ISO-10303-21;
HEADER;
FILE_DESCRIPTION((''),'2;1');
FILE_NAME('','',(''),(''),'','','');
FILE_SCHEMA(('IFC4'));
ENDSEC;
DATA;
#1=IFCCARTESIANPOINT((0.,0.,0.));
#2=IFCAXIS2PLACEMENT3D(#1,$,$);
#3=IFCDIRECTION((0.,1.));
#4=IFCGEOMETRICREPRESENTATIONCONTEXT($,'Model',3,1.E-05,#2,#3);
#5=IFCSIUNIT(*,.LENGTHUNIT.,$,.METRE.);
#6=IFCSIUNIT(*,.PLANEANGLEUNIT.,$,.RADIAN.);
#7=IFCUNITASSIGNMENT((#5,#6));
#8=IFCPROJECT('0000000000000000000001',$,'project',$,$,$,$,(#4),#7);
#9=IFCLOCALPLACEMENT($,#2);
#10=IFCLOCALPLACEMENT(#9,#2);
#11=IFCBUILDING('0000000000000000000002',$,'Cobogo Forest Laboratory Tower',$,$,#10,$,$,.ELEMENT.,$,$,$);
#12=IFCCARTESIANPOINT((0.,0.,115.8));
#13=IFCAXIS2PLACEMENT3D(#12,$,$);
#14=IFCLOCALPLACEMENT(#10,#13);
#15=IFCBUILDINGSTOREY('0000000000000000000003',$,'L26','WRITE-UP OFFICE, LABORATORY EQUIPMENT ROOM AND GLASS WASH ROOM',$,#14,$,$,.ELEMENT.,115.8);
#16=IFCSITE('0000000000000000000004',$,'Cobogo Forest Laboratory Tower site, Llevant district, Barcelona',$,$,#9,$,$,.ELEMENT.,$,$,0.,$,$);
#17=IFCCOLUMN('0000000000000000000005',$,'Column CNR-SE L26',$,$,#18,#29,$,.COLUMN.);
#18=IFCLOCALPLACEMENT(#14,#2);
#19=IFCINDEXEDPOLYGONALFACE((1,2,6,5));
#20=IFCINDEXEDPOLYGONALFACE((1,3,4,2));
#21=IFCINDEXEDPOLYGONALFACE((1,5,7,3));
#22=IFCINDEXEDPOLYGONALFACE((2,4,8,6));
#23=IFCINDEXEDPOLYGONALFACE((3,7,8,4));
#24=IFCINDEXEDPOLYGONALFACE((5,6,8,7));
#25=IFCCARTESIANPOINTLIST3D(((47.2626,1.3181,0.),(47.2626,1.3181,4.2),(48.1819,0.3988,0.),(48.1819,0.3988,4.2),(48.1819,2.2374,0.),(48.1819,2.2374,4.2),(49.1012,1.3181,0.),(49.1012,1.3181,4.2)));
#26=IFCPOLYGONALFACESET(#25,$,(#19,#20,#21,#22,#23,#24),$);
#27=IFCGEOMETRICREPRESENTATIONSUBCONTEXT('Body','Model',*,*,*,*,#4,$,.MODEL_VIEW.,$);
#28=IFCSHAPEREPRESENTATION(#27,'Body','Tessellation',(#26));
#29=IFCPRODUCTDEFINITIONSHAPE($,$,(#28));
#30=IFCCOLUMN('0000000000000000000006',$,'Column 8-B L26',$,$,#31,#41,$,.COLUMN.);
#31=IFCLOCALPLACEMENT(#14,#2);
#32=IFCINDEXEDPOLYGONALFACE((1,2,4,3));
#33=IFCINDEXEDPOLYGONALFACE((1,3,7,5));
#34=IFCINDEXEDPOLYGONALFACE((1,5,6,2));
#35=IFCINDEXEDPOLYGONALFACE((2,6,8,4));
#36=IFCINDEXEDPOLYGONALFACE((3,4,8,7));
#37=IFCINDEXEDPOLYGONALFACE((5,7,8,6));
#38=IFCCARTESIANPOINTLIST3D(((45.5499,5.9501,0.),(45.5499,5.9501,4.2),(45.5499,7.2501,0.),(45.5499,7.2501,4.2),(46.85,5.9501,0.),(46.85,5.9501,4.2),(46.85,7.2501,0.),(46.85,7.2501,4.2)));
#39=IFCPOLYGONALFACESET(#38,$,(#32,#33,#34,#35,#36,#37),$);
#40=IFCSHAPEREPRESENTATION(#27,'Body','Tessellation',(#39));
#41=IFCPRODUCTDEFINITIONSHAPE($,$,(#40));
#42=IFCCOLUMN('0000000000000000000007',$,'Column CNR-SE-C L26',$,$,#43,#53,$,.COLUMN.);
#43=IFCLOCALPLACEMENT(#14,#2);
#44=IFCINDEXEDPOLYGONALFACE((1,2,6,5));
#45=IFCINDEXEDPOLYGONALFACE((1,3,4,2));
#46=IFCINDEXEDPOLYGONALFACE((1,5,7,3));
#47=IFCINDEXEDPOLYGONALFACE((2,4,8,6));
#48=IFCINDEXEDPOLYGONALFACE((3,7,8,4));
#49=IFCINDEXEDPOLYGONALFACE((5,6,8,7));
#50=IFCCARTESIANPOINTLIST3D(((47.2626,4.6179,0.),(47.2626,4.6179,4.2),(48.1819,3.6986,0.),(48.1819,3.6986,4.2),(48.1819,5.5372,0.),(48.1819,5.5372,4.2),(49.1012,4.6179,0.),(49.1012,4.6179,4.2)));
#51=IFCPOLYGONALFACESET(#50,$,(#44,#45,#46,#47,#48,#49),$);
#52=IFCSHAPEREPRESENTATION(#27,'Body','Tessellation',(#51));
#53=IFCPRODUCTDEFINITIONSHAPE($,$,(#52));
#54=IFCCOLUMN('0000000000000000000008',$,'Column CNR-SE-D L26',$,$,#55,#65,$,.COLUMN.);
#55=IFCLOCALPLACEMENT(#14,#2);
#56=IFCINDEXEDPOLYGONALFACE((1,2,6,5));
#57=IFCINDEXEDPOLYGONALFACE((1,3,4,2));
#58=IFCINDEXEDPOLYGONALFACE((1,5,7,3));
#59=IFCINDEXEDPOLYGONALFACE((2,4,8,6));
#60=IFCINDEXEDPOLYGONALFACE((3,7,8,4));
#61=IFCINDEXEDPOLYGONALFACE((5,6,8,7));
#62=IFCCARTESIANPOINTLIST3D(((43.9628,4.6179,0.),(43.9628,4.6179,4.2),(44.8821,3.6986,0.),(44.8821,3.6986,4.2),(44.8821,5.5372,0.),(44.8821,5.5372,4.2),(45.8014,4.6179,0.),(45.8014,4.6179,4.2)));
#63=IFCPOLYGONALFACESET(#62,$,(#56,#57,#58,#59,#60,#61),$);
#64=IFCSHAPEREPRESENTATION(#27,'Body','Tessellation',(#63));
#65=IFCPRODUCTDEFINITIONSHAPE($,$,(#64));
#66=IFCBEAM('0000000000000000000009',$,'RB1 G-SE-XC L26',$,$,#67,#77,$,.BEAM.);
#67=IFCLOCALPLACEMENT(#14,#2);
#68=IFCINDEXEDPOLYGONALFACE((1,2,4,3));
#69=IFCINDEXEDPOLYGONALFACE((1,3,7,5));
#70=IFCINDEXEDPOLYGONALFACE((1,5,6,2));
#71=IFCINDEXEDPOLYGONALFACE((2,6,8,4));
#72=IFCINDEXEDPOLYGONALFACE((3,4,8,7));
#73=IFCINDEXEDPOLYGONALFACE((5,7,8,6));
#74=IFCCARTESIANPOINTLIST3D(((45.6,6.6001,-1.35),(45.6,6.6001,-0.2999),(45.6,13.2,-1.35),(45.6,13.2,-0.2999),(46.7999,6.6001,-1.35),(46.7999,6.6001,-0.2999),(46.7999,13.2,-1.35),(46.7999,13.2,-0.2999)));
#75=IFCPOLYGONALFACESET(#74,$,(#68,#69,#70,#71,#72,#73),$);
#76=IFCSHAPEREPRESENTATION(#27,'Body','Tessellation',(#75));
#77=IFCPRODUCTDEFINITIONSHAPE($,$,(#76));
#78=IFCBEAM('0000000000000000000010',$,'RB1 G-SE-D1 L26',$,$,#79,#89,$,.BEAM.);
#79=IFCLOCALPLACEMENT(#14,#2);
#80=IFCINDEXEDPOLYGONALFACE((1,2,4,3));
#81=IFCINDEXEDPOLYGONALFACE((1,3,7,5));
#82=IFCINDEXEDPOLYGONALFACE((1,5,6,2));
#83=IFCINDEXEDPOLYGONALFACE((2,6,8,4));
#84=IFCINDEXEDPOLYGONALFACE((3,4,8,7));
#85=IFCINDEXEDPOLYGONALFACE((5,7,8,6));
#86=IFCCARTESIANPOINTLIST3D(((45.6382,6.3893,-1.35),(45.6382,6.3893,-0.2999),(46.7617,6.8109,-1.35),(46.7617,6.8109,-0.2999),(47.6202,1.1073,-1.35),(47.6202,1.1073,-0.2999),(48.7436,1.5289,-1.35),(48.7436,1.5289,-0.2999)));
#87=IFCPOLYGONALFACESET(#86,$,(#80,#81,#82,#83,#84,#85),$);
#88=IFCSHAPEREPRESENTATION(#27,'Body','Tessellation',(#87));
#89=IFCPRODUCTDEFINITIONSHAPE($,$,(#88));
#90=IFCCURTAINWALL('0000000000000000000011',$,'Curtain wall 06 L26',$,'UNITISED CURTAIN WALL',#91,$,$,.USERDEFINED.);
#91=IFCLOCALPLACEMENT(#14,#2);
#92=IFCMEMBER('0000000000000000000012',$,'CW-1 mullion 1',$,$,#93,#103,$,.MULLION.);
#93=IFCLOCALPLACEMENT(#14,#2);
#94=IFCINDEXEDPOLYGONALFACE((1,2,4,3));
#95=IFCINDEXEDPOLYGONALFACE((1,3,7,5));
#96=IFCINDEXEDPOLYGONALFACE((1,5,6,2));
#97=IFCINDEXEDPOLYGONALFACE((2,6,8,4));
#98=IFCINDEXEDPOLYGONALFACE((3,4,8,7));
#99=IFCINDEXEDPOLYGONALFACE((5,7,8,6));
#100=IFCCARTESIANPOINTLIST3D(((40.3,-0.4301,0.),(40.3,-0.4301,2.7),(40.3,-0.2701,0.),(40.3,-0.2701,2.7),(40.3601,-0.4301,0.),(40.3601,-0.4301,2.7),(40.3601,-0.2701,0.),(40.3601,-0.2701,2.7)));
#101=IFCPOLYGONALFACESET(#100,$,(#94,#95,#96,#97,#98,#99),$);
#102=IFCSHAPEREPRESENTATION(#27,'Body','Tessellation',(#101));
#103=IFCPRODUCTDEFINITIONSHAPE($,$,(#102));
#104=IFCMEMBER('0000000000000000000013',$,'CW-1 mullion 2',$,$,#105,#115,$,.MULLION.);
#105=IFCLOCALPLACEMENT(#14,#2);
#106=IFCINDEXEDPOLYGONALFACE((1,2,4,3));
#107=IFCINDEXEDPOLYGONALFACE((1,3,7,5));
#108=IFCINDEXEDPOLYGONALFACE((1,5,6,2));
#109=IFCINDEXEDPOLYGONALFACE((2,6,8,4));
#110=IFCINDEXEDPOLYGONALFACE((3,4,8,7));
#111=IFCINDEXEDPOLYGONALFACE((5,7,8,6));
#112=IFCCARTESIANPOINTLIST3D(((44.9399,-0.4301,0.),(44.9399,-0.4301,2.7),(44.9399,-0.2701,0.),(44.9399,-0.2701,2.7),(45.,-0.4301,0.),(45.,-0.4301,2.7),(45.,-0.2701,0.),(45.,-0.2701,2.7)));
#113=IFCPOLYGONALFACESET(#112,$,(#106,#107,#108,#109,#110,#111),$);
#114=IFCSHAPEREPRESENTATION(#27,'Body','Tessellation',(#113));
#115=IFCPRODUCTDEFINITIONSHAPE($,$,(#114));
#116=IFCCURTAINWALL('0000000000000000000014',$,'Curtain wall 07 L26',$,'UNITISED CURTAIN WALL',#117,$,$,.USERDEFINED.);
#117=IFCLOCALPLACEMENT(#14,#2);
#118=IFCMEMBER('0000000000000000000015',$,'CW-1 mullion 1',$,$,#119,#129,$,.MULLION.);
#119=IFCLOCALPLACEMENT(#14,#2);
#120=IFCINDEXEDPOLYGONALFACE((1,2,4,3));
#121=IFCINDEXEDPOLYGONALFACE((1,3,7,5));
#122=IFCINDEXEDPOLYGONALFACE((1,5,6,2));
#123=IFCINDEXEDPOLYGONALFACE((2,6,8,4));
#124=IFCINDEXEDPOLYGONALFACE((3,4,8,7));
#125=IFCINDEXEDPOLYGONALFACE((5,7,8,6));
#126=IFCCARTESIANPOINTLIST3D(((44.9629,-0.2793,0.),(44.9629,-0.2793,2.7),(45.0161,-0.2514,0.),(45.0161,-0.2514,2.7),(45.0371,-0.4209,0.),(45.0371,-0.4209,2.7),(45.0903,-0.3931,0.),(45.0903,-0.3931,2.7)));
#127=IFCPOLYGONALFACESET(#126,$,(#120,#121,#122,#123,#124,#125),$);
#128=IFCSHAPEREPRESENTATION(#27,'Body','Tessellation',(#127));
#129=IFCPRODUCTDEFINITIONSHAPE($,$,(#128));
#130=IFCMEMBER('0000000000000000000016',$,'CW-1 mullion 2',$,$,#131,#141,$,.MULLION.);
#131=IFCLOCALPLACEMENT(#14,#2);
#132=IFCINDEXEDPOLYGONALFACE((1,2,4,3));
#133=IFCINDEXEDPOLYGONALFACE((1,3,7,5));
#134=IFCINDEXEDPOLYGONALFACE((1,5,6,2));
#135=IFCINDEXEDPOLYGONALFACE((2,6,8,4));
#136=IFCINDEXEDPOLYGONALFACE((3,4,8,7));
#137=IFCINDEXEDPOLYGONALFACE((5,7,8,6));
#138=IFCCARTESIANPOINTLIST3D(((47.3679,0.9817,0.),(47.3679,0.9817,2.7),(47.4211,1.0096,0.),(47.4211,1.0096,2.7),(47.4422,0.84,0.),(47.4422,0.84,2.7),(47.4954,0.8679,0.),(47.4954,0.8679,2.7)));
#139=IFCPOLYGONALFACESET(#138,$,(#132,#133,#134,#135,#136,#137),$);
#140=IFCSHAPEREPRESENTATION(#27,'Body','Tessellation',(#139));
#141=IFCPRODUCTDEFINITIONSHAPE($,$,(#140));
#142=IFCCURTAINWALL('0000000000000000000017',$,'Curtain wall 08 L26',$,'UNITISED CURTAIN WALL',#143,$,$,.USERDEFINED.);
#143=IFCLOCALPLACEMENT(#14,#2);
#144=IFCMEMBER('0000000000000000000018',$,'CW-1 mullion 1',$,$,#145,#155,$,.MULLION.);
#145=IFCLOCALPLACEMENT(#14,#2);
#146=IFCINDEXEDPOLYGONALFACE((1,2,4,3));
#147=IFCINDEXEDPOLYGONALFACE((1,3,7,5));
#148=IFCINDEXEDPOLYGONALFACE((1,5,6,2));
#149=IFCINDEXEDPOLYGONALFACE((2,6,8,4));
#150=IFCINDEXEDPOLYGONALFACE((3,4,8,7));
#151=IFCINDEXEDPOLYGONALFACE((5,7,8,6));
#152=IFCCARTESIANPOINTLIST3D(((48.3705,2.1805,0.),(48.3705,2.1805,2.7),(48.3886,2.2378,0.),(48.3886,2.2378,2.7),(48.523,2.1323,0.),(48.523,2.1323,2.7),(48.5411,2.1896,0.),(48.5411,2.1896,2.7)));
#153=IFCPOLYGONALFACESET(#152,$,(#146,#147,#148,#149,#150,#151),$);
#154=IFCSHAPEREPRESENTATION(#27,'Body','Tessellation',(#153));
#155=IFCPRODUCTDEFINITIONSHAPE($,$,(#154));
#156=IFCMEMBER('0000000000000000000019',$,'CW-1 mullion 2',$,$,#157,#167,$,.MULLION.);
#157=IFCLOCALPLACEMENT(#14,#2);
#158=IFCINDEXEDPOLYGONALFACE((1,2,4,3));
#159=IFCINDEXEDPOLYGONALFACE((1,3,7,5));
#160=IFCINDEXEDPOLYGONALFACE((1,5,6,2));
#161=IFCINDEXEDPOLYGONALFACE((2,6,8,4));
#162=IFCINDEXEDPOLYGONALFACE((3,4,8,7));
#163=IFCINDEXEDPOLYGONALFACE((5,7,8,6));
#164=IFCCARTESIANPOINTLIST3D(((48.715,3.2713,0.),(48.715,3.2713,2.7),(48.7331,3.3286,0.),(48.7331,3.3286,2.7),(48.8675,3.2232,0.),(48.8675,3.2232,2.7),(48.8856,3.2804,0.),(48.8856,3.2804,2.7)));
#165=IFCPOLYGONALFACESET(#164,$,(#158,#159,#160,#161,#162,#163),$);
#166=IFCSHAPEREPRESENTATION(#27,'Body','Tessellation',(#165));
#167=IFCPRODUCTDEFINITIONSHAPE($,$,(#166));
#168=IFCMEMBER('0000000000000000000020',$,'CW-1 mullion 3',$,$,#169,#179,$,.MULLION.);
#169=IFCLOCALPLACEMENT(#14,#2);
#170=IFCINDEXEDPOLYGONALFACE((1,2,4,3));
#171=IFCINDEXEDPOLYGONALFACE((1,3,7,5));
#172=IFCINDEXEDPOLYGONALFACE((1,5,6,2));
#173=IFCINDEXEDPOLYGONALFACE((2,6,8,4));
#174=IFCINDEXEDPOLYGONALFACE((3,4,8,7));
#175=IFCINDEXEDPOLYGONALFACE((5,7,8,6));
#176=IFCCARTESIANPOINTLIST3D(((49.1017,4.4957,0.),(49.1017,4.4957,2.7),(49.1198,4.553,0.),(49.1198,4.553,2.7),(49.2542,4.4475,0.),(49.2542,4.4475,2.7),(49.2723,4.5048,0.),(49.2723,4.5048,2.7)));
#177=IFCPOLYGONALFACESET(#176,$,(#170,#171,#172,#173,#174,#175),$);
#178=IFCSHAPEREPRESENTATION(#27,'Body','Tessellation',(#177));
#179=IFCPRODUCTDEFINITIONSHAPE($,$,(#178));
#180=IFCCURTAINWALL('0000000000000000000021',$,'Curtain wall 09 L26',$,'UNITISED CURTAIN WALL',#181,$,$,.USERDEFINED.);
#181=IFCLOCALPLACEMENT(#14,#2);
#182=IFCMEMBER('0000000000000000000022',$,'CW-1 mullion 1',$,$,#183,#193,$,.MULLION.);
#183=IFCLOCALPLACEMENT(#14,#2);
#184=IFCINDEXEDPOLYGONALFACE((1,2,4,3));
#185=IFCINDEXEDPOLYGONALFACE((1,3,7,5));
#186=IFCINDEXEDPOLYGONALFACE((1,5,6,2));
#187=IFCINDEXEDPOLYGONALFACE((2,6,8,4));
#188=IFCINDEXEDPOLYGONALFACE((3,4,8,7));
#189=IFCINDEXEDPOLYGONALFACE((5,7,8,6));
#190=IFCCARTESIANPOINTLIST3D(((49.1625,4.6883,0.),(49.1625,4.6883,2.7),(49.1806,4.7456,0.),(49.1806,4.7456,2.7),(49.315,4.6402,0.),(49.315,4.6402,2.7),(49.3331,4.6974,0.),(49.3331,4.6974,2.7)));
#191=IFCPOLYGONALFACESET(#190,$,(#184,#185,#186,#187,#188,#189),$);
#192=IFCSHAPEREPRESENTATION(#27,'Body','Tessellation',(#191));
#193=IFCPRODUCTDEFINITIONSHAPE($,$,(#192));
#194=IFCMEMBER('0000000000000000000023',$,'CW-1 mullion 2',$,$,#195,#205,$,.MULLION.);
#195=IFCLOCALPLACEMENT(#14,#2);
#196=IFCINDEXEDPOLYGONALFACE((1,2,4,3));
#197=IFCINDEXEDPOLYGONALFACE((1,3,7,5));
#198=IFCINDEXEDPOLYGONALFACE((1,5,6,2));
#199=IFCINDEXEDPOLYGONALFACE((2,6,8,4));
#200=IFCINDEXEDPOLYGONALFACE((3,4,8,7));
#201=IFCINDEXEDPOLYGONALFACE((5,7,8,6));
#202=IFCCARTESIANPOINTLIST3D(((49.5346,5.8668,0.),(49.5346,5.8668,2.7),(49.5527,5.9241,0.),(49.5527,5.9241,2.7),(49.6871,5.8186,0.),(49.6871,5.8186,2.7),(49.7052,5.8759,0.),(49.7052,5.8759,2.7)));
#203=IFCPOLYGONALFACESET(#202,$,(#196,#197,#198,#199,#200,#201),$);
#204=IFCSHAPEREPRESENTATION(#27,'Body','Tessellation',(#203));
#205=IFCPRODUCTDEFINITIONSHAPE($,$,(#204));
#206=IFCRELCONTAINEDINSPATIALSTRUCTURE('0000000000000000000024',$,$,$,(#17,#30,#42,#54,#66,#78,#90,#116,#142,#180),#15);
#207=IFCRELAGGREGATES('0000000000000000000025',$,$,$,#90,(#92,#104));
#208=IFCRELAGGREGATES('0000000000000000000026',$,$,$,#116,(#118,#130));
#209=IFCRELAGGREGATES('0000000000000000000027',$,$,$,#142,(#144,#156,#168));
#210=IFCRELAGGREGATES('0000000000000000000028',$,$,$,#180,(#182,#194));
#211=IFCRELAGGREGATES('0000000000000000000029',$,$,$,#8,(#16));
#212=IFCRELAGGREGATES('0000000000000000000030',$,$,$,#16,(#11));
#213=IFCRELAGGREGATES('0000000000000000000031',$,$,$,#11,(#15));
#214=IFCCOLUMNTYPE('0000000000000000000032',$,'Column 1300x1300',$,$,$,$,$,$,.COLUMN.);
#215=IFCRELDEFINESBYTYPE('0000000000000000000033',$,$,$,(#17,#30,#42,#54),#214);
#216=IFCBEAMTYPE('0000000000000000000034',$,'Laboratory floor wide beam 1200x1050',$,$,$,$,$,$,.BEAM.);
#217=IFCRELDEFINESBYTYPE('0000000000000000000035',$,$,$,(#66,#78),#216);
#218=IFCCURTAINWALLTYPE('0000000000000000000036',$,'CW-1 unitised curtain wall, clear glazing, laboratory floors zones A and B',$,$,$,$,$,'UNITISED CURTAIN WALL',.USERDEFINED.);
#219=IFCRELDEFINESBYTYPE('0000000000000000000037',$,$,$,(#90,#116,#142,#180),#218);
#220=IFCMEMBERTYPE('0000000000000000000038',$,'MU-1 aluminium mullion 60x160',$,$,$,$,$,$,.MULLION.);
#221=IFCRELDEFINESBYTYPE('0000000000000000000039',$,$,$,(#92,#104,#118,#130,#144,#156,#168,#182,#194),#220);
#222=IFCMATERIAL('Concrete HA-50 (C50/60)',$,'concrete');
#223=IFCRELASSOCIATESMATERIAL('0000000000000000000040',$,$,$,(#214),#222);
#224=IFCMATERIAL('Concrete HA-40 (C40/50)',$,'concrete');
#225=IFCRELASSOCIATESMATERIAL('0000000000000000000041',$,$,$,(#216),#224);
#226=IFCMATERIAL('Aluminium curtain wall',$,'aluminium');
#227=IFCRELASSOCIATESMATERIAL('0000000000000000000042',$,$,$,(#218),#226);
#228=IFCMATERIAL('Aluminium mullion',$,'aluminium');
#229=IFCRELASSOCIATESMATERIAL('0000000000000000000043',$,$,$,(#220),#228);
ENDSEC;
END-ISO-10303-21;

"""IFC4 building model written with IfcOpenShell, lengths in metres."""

from ifc_helpers import new_model, si_unit, direction, frame, origin, origin_2d, place, context, subcontext, project, spatial, rectangle, extrude, material, material_profile, profile_set, type_object, element, aggregate, save


model = new_model("IFC4")

# Units and contexts
model_context = context("Model", 3, precision=1e-05, world=origin(), true_north=direction((0.0, 1.0)))
body_context = subcontext(model_context, "Body", "Model", "MODEL_VIEW")
ifc_project = project(units=[si_unit("LENGTHUNIT", "METRE"), si_unit("PLANEANGLEUNIT", "RADIAN")], contexts=[model_context])

# Site, building, storey
site_placement = place(None, origin())
site = spatial("IfcSite", under=ifc_project, at=site_placement, Name="Cobogo Forest Laboratory Tower site, Llevant district, Barcelona", CompositionType="ELEMENT", RefElevation=0.0)
building_placement = place(site_placement, origin())
building = spatial("IfcBuilding", under=site, at=building_placement, Name="Cobogo Forest Laboratory Tower", CompositionType="ELEMENT")
storey_placement = place(building_placement, frame((0.0, 0.0, 115.8)))
storey = spatial("IfcBuildingStorey", under=building, at=storey_placement, Name="L26", Description="WRITE-UP OFFICE, LABORATORY EQUIPMENT ROOM AND GLASS WASH ROOM", CompositionType="ELEMENT", Elevation=115.8)

# Columns
ifc_material_1 = material(Name="Concrete HA-50 (C50/60)", Category="concrete")
ifc_material_profile_1 = material_profile(ifc_material_1, rectangle(XDim=1.3, YDim=1.3, at=origin_2d()), Name="RC 1300x1300")
ifc_profile_set_1 = profile_set([ifc_material_profile_1], Name="Concrete HA-50 (C50/60)")
column_type = type_object("IfcColumnType", Name="Column 1300x1300", PredefinedType="COLUMN", material=ifc_profile_set_1)
for number, where, z_axis, x_axis, name in (
    (1, (48.1819, 1.3181, 0.0), (0.0, 0.0, 1.0), (0.707107, 0.707107, 0.0), "Column CNR-SE L26"),
    (2, (46.2, 6.6001, 0.0), (0.0, 0.0, 1.0), (1.0, 0.0, 0.0), "Column 8-B L26"),
    (3, (48.1819, 4.6179, 0.0), (0.0, 0.0, 1.0), (0.707107, 0.707107, 0.0), "Column CNR-SE-C L26"),
    (4, (44.8821, 4.6179, 0.0), (0.0, 0.0, 1.0), (0.707107, 0.707107, 0.0), "Column CNR-SE-D L26"),
):
    element("IfcColumn", number, at=place(storey_placement, frame(where, z_axis=z_axis, x_axis=x_axis)), inside=storey, type_object=column_type, Name=name, PredefinedType="COLUMN", context=body_context, shape_type="SweptSolid", body=[
        extrude(rectangle(XDim=1.3, YDim=1.3, at=origin_2d()), origin(), (0.0, 0.0, 1.0), 4.2),
    ])

# Beams
ifc_material_2 = material(Name="Concrete HA-40 (C40/50)", Category="concrete")
ifc_material_profile_2 = material_profile(ifc_material_2, rectangle(XDim=1.2, YDim=1.05, at=origin_2d()), Name="RC 1200x1050")
ifc_profile_set_2 = profile_set([ifc_material_profile_2], Name="Concrete HA-40 (C40/50)")
beam_type_1 = type_object("IfcBeamType", Name="Laboratory floor wide beam 1200x1050", PredefinedType="BEAM", material=ifc_profile_set_2)
beam_1_placement = place(storey_placement, frame((46.2, 6.6001, -0.825), z_axis=(0.0, 1.0, 0.0), x_axis=(-1.0, 0.0, 0.0)))
element("IfcBeam", 5, at=beam_1_placement, inside=storey, type_object=beam_type_1, Name="RB1 G-SE-XC L26", PredefinedType="BEAM", context=body_context, shape_type="SweptSolid", body=[
    extrude(rectangle(XDim=1.2, YDim=1.05, at=origin_2d()), origin(), (0.0, 0.0, 1.0), 6.5999),
])
beam_2_placement = place(storey_placement, frame((48.1819, 1.3181, -0.825), z_axis=(-0.351308, 0.93626, 0.0), x_axis=(-0.93626, -0.351308, 0.0)))
element("IfcBeam", 6, at=beam_2_placement, inside=storey, type_object=beam_type_1, Name="RB1 G-SE-D1 L26", PredefinedType="BEAM", context=body_context, shape_type="SweptSolid", body=[
    extrude(rectangle(XDim=1.2, YDim=1.05, at=origin_2d()), origin(), (0.0, 0.0, 1.0), 5.6416),
])

# Curtain walls, members
ifc_material_3 = material(Name="Aluminium curtain wall", Category="aluminium")
curtain_wall_type = type_object("IfcCurtainWallType", Name="CW-1 unitised curtain wall, clear glazing, laboratory floors zones A and B", ElementType="UNITISED CURTAIN WALL", PredefinedType="USERDEFINED", material=ifc_material_3)
curtain_wall_1_placement = place(storey_placement, origin())
curtain_wall_1 = element("IfcCurtainWall", 7, at=curtain_wall_1_placement, inside=storey, type_object=curtain_wall_type, Name="Curtain wall 06 L26", ObjectType="UNITISED CURTAIN WALL", PredefinedType="USERDEFINED")
ifc_material_4 = material(Name="Aluminium mullion", Category="aluminium")
ifc_material_profile_3 = material_profile(ifc_material_4, rectangle(XDim=0.0601, YDim=0.1599, at=origin_2d()), Name="AL 60x160")
ifc_profile_set_3 = profile_set([ifc_material_profile_3], Name="Aluminium mullion")
member_type_1 = type_object("IfcMemberType", Name="MU-1 aluminium mullion 60x160", PredefinedType="MULLION", material=ifc_profile_set_3)
member_1_placement = place(storey_placement, frame((40.3301, -0.3501, 0.0), z_axis=(0.0, 0.0, 1.0), x_axis=(1.0, 0.0, 0.0)))
member_1 = element("IfcMember", 8, at=member_1_placement, type_object=member_type_1, Name="CW-1 mullion 1", PredefinedType="MULLION", context=body_context, shape_type="SweptSolid", body=[
    extrude(rectangle(XDim=0.0601, YDim=0.1599, at=origin_2d()), origin(), (0.0, 0.0, 1.0), 2.7),
])
member_2_placement = place(storey_placement, frame((44.97, -0.3501, 0.0), z_axis=(0.0, 0.0, 1.0), x_axis=(1.0, 0.0, 0.0)))
member_2 = element("IfcMember", 9, at=member_2_placement, type_object=member_type_1, Name="CW-1 mullion 2", PredefinedType="MULLION", context=body_context, shape_type="SweptSolid", body=[
    extrude(rectangle(XDim=0.0601, YDim=0.1599, at=origin_2d()), origin(), (0.0, 0.0, 1.0), 2.7),
])
curtain_wall_2_placement = place(storey_placement, origin())
curtain_wall_2 = element("IfcCurtainWall", 10, at=curtain_wall_2_placement, inside=storey, type_object=curtain_wall_type, Name="Curtain wall 07 L26", ObjectType="UNITISED CURTAIN WALL", PredefinedType="USERDEFINED")
member_3_placement = place(storey_placement, frame((45.0266, -0.3362, 0.0), z_axis=(0.0, 0.0, 1.0), x_axis=(0.885687, 0.464284, 0.0)))
member_3 = element("IfcMember", 11, at=member_3_placement, type_object=member_type_1, Name="CW-1 mullion 1", PredefinedType="MULLION", context=body_context, shape_type="SweptSolid", body=[
    extrude(rectangle(XDim=0.0601, YDim=0.1599, at=origin_2d()), origin(), (0.0, 0.0, 1.0), 2.7),
])
member_4_placement = place(storey_placement, frame((47.4316, 0.9248, 0.0), z_axis=(0.0, 0.0, 1.0), x_axis=(0.885687, 0.464284, 0.0)))
member_4 = element("IfcMember", 12, at=member_4_placement, type_object=member_type_1, Name="CW-1 mullion 2", PredefinedType="MULLION", context=body_context, shape_type="SweptSolid", body=[
    extrude(rectangle(XDim=0.0601, YDim=0.1599, at=origin_2d()), origin(), (0.0, 0.0, 1.0), 2.7),
])
curtain_wall_3_placement = place(storey_placement, origin())
curtain_wall_3 = element("IfcCurtainWall", 13, at=curtain_wall_3_placement, inside=storey, type_object=curtain_wall_type, Name="Curtain wall 08 L26", ObjectType="UNITISED CURTAIN WALL", PredefinedType="USERDEFINED")
member_5_placement = place(storey_placement, frame((48.4558, 2.1851, 0.0), z_axis=(0.0, 0.0, 1.0), x_axis=(0.301135, 0.953581, 0.0)))
member_5 = element("IfcMember", 14, at=member_5_placement, type_object=member_type_1, Name="CW-1 mullion 1", PredefinedType="MULLION", context=body_context, shape_type="SweptSolid", body=[
    extrude(rectangle(XDim=0.0601, YDim=0.1599, at=origin_2d()), origin(), (0.0, 0.0, 1.0), 2.7),
])
member_6_placement = place(storey_placement, frame((48.8003, 3.2759, 0.0), z_axis=(0.0, 0.0, 1.0), x_axis=(0.301135, 0.953581, 0.0)))
member_6 = element("IfcMember", 15, at=member_6_placement, type_object=member_type_1, Name="CW-1 mullion 2", PredefinedType="MULLION", context=body_context, shape_type="SweptSolid", body=[
    extrude(rectangle(XDim=0.0601, YDim=0.1599, at=origin_2d()), origin(), (0.0, 0.0, 1.0), 2.7),
])
member_7_placement = place(storey_placement, frame((49.187, 4.5002, 0.0), z_axis=(0.0, 0.0, 1.0), x_axis=(0.301135, 0.953581, 0.0)))
member_7 = element("IfcMember", 16, at=member_7_placement, type_object=member_type_1, Name="CW-1 mullion 3", PredefinedType="MULLION", context=body_context, shape_type="SweptSolid", body=[
    extrude(rectangle(XDim=0.0601, YDim=0.1599, at=origin_2d()), origin(), (0.0, 0.0, 1.0), 2.7),
])
curtain_wall_4_placement = place(storey_placement, origin())
curtain_wall_4 = element("IfcCurtainWall", 17, at=curtain_wall_4_placement, inside=storey, type_object=curtain_wall_type, Name="Curtain wall 09 L26", ObjectType="UNITISED CURTAIN WALL", PredefinedType="USERDEFINED")
member_8_placement = place(storey_placement, frame((49.2478, 4.6929, 0.0), z_axis=(0.0, 0.0, 1.0), x_axis=(0.301135, 0.953581, 0.0)))
member_8 = element("IfcMember", 18, at=member_8_placement, type_object=member_type_1, Name="CW-1 mullion 1", PredefinedType="MULLION", context=body_context, shape_type="SweptSolid", body=[
    extrude(rectangle(XDim=0.0601, YDim=0.1599, at=origin_2d()), origin(), (0.0, 0.0, 1.0), 2.7),
])
member_9_placement = place(storey_placement, frame((49.6199, 5.8713, 0.0), z_axis=(0.0, 0.0, 1.0), x_axis=(0.301135, 0.953581, 0.0)))
member_9 = element("IfcMember", 19, at=member_9_placement, type_object=member_type_1, Name="CW-1 mullion 2", PredefinedType="MULLION", context=body_context, shape_type="SweptSolid", body=[
    extrude(rectangle(XDim=0.0601, YDim=0.1599, at=origin_2d()), origin(), (0.0, 0.0, 1.0), 2.7),
])

aggregate(curtain_wall_1, [member_1, member_2])
aggregate(curtain_wall_2, [member_3, member_4])
aggregate(curtain_wall_3, [member_5, member_6, member_7])
aggregate(curtain_wall_4, [member_8, member_9])

save(model, "model.ifc")
